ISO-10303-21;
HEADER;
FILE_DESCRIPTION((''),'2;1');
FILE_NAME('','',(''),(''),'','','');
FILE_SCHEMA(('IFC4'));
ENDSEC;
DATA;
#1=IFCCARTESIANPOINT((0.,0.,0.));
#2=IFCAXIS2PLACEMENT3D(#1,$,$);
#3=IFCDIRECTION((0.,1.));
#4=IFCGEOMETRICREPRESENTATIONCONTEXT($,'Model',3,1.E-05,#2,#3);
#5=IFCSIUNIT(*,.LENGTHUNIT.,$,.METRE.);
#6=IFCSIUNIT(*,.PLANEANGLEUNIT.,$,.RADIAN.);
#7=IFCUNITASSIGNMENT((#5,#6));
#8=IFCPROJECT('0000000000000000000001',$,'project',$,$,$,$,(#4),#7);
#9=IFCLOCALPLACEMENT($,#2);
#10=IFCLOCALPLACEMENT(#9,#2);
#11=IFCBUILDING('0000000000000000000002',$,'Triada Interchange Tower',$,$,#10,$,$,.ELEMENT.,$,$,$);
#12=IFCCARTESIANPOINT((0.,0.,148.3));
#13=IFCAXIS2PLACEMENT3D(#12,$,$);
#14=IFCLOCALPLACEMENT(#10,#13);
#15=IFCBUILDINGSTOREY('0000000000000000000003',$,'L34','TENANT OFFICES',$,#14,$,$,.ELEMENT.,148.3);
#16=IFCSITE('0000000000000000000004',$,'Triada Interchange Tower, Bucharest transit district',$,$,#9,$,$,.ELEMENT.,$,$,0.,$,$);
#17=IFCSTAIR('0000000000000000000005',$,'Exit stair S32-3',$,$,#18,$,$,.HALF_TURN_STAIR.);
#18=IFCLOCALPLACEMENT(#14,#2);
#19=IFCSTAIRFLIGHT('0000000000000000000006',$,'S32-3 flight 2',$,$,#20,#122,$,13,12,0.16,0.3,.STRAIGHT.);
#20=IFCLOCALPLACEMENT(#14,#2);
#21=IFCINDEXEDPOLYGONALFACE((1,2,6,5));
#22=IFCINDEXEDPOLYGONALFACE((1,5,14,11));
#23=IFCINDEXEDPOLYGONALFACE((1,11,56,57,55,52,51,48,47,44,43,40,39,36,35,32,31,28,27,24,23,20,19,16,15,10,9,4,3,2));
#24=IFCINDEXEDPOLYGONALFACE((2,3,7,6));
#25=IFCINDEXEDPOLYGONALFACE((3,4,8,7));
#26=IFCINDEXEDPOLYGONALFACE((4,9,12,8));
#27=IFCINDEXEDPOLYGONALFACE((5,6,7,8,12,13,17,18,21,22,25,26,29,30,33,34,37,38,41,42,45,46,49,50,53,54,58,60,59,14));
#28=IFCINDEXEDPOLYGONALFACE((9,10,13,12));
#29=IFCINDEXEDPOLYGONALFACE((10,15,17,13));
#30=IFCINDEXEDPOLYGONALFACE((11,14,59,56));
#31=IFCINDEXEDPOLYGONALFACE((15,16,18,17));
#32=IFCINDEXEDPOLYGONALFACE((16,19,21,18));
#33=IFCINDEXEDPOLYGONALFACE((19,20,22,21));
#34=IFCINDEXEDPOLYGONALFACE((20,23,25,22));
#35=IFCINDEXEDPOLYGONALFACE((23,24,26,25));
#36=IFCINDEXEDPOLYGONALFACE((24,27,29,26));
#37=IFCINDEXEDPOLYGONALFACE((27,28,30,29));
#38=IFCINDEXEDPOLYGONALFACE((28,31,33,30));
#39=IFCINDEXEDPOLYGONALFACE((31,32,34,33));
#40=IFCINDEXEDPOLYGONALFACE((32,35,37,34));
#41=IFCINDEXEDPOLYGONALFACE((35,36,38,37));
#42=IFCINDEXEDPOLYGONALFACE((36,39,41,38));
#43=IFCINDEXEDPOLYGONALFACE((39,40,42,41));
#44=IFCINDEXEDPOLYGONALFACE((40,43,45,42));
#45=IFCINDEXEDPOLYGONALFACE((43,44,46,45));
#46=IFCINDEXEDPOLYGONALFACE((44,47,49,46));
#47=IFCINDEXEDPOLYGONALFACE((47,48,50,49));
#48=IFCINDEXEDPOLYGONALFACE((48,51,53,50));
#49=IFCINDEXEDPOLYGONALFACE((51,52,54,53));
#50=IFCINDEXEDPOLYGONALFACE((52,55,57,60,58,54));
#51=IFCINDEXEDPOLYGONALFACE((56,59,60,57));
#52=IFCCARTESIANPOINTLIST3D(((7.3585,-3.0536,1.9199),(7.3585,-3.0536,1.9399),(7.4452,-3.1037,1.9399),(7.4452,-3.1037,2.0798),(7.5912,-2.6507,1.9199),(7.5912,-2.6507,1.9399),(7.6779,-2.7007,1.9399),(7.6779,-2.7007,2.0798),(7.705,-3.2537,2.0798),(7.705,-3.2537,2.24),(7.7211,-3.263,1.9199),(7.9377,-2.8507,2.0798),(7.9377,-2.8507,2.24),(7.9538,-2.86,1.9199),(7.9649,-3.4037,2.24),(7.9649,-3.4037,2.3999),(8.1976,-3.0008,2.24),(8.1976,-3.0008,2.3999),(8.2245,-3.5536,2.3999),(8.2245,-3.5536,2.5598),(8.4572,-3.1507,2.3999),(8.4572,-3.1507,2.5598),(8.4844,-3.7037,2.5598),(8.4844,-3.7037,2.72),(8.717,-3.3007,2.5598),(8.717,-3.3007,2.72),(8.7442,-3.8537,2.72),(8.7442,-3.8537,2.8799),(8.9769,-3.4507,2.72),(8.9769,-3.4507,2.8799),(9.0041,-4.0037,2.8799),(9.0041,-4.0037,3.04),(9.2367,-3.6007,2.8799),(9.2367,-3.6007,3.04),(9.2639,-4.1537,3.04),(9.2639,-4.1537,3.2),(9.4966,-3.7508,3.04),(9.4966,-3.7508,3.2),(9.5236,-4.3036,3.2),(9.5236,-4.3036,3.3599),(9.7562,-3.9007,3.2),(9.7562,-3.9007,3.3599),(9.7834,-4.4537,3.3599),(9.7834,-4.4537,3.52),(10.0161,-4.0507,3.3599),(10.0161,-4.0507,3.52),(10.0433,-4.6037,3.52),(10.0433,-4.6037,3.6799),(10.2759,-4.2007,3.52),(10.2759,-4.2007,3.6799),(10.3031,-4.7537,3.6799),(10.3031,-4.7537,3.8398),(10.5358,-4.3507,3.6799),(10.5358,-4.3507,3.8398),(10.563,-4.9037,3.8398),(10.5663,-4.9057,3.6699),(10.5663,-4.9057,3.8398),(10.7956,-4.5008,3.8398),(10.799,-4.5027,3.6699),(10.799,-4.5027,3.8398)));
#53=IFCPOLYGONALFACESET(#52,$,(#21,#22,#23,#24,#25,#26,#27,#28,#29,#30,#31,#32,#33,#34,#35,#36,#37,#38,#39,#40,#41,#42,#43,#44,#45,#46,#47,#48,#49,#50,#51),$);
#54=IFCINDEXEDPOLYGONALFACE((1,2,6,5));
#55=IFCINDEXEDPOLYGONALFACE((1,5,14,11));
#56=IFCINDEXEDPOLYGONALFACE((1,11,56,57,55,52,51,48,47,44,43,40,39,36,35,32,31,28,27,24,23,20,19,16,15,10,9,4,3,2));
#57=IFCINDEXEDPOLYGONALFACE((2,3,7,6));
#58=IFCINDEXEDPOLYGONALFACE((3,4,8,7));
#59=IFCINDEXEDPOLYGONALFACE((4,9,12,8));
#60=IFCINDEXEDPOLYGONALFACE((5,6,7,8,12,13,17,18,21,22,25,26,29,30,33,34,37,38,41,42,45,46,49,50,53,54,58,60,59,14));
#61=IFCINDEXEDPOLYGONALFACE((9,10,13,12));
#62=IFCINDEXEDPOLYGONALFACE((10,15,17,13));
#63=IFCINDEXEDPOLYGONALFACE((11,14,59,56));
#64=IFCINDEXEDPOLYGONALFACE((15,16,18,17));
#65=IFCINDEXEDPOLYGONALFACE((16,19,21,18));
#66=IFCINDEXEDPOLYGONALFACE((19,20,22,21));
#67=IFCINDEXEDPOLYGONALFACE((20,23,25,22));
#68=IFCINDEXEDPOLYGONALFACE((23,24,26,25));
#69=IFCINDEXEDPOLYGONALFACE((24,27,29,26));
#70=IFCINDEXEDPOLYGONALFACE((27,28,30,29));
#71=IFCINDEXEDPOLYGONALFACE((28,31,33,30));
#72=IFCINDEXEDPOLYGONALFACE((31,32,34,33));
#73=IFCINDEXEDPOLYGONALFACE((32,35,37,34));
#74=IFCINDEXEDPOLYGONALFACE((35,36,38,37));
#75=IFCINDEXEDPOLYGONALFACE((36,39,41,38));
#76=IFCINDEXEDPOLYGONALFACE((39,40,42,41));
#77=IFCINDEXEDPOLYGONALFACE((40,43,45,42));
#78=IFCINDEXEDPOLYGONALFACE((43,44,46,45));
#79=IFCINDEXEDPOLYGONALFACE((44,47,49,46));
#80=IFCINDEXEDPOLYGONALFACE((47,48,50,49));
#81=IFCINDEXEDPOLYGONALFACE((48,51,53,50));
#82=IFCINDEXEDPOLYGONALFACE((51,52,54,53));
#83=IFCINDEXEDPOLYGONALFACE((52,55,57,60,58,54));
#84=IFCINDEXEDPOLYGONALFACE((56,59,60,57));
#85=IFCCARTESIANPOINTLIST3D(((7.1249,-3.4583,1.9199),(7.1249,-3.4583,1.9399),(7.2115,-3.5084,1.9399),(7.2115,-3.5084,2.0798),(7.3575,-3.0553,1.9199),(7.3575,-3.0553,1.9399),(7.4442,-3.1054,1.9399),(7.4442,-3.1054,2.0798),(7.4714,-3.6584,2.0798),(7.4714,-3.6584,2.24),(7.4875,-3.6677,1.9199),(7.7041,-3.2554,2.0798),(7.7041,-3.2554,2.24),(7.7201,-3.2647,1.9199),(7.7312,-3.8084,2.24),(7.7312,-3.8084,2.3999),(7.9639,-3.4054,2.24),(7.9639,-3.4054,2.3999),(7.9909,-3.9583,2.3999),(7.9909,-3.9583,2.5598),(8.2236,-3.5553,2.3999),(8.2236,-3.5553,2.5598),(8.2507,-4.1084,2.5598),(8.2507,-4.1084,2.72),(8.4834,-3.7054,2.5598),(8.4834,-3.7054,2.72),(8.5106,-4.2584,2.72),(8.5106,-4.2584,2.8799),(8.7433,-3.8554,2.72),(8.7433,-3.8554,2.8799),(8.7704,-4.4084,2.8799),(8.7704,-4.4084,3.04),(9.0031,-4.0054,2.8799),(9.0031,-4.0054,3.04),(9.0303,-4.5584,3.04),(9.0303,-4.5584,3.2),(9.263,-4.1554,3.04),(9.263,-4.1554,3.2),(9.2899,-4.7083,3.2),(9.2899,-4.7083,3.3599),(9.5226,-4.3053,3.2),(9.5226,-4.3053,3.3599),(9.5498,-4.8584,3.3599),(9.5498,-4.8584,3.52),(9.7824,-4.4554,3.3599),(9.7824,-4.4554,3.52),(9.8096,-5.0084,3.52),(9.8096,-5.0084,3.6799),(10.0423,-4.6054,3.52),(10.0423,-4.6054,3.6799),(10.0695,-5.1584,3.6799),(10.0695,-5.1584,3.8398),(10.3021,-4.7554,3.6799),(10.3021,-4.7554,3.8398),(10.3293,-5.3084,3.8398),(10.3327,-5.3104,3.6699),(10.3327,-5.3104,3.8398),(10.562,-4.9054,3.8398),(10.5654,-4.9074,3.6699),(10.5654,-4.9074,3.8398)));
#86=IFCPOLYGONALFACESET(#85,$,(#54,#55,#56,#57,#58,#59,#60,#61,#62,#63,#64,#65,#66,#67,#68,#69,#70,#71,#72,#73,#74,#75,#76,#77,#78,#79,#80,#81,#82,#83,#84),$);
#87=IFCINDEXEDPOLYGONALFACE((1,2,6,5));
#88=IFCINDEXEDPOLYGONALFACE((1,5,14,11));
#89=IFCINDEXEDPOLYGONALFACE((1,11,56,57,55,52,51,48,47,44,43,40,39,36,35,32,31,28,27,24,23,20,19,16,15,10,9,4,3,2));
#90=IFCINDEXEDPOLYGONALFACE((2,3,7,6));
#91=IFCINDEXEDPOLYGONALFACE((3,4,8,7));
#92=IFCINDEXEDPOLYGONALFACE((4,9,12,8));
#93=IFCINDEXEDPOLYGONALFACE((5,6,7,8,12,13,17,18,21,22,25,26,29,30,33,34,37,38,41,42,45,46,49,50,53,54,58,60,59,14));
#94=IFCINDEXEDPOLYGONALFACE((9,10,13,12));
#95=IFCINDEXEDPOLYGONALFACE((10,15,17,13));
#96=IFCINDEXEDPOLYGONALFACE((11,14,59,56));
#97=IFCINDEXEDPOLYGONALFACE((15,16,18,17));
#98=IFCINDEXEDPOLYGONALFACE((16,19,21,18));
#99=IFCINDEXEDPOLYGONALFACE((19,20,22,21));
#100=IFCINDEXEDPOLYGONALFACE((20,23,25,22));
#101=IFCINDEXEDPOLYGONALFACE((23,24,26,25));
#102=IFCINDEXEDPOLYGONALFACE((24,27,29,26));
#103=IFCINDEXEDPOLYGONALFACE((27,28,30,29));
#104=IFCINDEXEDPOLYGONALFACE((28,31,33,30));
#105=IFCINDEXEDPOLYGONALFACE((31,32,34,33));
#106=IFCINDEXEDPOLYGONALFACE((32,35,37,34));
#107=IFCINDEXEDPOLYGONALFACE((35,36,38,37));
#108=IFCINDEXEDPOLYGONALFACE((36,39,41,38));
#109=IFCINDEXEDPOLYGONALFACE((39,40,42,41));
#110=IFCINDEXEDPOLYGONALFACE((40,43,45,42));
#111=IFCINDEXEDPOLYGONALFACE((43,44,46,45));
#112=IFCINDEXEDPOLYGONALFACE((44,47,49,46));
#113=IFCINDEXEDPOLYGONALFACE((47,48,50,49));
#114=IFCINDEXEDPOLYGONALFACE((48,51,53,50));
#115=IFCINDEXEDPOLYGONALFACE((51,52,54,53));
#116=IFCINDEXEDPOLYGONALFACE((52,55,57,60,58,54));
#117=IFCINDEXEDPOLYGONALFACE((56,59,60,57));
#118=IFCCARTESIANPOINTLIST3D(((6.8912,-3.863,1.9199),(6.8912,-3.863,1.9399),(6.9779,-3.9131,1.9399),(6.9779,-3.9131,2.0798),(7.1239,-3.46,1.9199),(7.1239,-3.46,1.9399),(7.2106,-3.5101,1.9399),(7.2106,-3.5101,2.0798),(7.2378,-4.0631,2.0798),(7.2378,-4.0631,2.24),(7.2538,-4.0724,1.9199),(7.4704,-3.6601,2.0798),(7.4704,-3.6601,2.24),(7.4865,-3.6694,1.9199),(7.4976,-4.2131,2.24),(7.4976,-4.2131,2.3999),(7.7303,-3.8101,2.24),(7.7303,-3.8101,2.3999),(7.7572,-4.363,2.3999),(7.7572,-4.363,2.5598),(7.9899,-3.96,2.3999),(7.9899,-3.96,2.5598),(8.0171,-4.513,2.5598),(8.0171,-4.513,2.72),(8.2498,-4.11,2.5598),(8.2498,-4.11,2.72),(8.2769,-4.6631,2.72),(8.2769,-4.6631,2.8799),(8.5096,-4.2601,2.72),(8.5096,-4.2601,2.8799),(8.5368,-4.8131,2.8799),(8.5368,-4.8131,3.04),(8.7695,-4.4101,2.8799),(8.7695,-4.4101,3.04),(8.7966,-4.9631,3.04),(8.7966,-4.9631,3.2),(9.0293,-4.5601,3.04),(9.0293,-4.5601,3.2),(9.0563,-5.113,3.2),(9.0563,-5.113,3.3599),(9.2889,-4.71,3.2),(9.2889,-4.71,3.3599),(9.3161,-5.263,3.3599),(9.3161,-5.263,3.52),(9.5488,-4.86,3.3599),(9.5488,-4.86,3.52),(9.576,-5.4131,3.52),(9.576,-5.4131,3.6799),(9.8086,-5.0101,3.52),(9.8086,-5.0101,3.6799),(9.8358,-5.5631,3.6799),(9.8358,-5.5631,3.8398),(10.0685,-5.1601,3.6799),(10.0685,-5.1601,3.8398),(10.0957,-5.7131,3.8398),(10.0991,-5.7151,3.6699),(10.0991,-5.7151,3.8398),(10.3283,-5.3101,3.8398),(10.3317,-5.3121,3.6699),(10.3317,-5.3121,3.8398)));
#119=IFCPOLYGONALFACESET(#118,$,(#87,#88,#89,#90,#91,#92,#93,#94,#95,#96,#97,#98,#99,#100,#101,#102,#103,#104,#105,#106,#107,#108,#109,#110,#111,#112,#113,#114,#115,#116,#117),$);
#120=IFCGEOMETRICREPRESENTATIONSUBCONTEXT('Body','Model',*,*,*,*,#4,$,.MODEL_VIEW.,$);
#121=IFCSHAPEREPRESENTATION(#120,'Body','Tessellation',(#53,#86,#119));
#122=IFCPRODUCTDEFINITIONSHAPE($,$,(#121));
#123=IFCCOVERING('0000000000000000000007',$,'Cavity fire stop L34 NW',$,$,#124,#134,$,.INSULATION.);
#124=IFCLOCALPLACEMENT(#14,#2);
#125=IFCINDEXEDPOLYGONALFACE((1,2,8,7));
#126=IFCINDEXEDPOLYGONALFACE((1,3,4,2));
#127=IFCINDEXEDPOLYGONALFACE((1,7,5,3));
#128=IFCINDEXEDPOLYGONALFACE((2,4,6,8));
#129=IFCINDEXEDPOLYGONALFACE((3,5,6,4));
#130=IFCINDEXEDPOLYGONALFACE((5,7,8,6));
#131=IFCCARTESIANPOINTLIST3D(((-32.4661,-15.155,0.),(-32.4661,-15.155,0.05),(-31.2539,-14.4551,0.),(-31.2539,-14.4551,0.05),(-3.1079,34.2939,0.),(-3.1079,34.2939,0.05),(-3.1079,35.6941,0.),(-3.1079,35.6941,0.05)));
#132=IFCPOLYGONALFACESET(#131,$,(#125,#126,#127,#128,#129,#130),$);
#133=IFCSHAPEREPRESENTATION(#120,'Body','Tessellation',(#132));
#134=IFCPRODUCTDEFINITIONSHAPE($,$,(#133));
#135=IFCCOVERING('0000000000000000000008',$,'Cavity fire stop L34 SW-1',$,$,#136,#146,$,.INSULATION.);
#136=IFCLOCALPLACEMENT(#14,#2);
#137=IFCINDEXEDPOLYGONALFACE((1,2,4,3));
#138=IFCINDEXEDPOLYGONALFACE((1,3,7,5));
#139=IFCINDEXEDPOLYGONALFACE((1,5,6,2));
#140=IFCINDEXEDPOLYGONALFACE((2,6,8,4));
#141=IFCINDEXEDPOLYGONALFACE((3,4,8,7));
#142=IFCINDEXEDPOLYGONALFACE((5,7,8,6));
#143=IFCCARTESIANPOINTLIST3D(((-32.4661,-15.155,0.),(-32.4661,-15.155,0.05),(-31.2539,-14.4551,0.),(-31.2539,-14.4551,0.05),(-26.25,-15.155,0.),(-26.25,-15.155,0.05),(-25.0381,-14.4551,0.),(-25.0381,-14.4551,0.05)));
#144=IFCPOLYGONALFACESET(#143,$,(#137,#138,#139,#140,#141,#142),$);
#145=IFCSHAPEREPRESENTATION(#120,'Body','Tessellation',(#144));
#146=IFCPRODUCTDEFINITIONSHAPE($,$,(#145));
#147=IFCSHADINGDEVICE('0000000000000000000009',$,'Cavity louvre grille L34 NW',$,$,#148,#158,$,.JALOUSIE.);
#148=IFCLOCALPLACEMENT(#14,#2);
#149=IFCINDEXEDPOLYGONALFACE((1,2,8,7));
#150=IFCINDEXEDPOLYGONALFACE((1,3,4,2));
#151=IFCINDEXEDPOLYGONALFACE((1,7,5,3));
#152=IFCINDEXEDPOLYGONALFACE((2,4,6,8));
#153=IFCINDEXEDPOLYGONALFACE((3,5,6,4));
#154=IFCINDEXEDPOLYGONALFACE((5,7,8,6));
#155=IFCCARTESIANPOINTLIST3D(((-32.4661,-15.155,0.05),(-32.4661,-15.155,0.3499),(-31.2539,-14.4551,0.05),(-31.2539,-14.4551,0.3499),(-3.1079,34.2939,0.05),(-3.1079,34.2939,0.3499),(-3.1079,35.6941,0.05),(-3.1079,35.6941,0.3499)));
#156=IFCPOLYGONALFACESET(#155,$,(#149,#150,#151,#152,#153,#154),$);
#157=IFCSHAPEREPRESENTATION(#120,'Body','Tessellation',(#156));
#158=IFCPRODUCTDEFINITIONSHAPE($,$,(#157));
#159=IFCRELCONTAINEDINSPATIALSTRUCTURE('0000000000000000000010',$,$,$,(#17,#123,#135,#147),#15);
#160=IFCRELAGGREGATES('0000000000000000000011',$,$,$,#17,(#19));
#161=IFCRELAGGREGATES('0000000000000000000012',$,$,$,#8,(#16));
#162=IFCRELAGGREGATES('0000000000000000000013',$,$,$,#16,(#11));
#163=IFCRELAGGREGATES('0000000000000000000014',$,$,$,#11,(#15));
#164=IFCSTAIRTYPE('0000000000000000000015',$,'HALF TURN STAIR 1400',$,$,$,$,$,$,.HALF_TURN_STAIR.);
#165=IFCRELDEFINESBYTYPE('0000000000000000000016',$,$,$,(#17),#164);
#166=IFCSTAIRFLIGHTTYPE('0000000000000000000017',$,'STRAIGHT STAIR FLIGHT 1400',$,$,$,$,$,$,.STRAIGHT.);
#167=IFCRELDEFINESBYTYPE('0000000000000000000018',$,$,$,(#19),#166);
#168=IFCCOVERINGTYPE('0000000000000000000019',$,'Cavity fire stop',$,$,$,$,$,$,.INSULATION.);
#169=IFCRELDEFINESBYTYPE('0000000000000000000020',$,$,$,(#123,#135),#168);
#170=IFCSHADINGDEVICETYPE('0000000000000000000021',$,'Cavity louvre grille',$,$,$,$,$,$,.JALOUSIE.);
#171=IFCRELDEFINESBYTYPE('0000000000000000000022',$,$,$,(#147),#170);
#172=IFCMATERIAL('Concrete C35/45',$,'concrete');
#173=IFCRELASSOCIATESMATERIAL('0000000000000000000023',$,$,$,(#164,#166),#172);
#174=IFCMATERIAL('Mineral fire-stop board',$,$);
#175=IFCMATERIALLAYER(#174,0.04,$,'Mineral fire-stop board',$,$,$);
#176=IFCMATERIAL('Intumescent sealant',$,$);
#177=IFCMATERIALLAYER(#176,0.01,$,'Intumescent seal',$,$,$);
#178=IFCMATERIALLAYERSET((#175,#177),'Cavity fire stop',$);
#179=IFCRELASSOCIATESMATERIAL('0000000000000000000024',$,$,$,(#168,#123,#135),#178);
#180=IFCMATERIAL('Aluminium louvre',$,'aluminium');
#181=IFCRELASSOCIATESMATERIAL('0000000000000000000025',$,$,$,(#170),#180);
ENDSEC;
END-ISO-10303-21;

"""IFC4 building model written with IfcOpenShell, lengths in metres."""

from ifc_helpers import new_model, si_unit, direction, frame, origin, place, context, subcontext, project, spatial, polyline, outline, extrude, material, layer, layer_set, layer_usage, type_object, element, aggregate, save


model = new_model("IFC4")

# Units and contexts
model_context = context("Model", 3, precision=1e-05, world=origin(), true_north=direction((0.0, 1.0)))
body_context = subcontext(model_context, "Body", "Model", "MODEL_VIEW")
ifc_project = project(units=[si_unit("LENGTHUNIT", "METRE"), si_unit("PLANEANGLEUNIT", "RADIAN")], contexts=[model_context])

# Site, building, storey
site_placement = place(None, origin())
site = spatial("IfcSite", under=ifc_project, at=site_placement, Name="Triada Interchange Tower, Bucharest transit district", CompositionType="ELEMENT", RefElevation=0.0)
building_placement = place(site_placement, origin())
building = spatial("IfcBuilding", under=site, at=building_placement, Name="Triada Interchange Tower", CompositionType="ELEMENT")
storey_placement = place(building_placement, frame((0.0, 0.0, 148.3)))
storey = spatial("IfcBuildingStorey", under=building, at=storey_placement, Name="L34", Description="TENANT OFFICES", CompositionType="ELEMENT", Elevation=148.3)

# Stair, stair flight
ifc_material_1 = material(Name="Concrete C35/45", Category="concrete")
stair_type = type_object("IfcStairType", Name="HALF TURN STAIR 1400", PredefinedType="HALF_TURN_STAIR", material=ifc_material_1)
stair_placement = place(storey_placement, origin())
stair = element("IfcStair", 1, at=stair_placement, inside=storey, type_object=stair_type, Name="Exit stair S32-3", PredefinedType="HALF_TURN_STAIR")
stair_flight_type = type_object("IfcStairFlightType", Name="STRAIGHT STAIR FLIGHT 1400", PredefinedType="STRAIGHT", material=ifc_material_1)
stair_flight_1_placement = place(storey_placement, frame((7.3279, -3.3069, 1.9199), z_axis=(0.0, 0.0, 1.0), x_axis=(0.866025, -0.5, 0.0)))
stair_flight_1 = element("IfcStairFlight", 2, at=stair_flight_1_placement, type_object=stair_flight_type, Name="S32-3 flight 2", NumberOfRisers=13, NumberOfTreads=12, PredefinedType="STRAIGHT", RiserHeight=0.16, TreadLength=0.3, context=body_context, shape_type="SweptSolid", body=[
    extrude(outline(polyline([(-0.1001, 0.0), (-0.1001, 0.02), (0.0, 0.02), (0.0, 0.1599), (0.3, 0.1599), (0.3, 0.3201), (0.6001, 0.3201), (0.6001, 0.48), (0.8999, 0.48), (0.8999, 0.6399), (1.2, 0.6399), (1.2, 0.8), (1.5, 0.8), (1.5, 0.96), (1.8, 0.96), (1.8, 1.1201), (2.1001, 1.1201), (2.1001, 1.28), (2.3999, 1.28), (2.3999, 1.4399), (2.7, 1.4399), (2.7, 1.6001), (3.0, 1.6001), (3.0, 1.76), (3.3, 1.76), (3.3, 1.9199), (3.6001, 1.9199), (3.604, 1.9199), (3.604, 2.0801), (3.604, 1.75), (0.3186, 0.0), (-0.1001, 0.0)])), frame((0.0, 0.7, 0.0), z_axis=(0.0, -1.0, 0.0), x_axis=(1.0, 0.0, 0.0)), (0.0, 0.0, 1.0), 0.4653),
    extrude(outline(polyline([(-0.1001, 0.0), (-0.1001, 0.02), (0.0, 0.02), (0.0, 0.1599), (0.3, 0.1599), (0.3, 0.3201), (0.6001, 0.3201), (0.6001, 0.48), (0.8999, 0.48), (0.8999, 0.6399), (1.2, 0.6399), (1.2, 0.8), (1.5, 0.8), (1.5, 0.96), (1.8, 0.96), (1.8, 1.1201), (2.1001, 1.1201), (2.1001, 1.28), (2.3999, 1.28), (2.3999, 1.4399), (2.7, 1.4399), (2.7, 1.6001), (3.0, 1.6001), (3.0, 1.76), (3.3, 1.76), (3.3, 1.9199), (3.6001, 1.9199), (3.604, 1.9199), (3.604, 2.0801), (3.604, 1.75), (0.3186, 0.0), (-0.1001, 0.0)])), frame((0.0, 0.2327, 0.0), z_axis=(0.0, -1.0, 0.0), x_axis=(1.0, 0.0, 0.0)), (0.0, 0.0, 1.0), 0.4653),
    extrude(outline(polyline([(-0.1001, 0.0), (-0.1001, 0.02), (0.0, 0.02), (0.0, 0.1599), (0.3, 0.1599), (0.3, 0.3201), (0.6001, 0.3201), (0.6001, 0.48), (0.8999, 0.48), (0.8999, 0.6399), (1.2, 0.6399), (1.2, 0.8), (1.5, 0.8), (1.5, 0.96), (1.8, 0.96), (1.8, 1.1201), (2.1001, 1.1201), (2.1001, 1.28), (2.3999, 1.28), (2.3999, 1.4399), (2.7, 1.4399), (2.7, 1.6001), (3.0, 1.6001), (3.0, 1.76), (3.3, 1.76), (3.3, 1.9199), (3.6001, 1.9199), (3.604, 1.9199), (3.604, 2.0801), (3.604, 1.75), (0.3186, 0.0), (-0.1001, 0.0)])), frame((0.0, -0.2346, 0.0), z_axis=(0.0, -1.0, 0.0), x_axis=(1.0, 0.0, 0.0)), (0.0, 0.0, 1.0), 0.4653),
])

# Coverings
ifc_material_2 = material(Name="Mineral fire-stop board")
ifc_layer_1 = layer(ifc_material_2, 0.04, Name="Mineral fire-stop board")
ifc_material_3 = material(Name="Intumescent sealant")
ifc_layer_2 = layer(ifc_material_3, 0.01, Name="Intumescent seal")
ifc_layer_set_1 = layer_set([ifc_layer_1, ifc_layer_2], Name="Cavity fire stop")
ifc_layer_usage = layer_usage(ifc_layer_set_1, "AXIS3", "POSITIVE", 0.0)
covering_type = type_object("IfcCoveringType", Name="Cavity fire stop", PredefinedType="INSULATION", material=ifc_layer_set_1)
covering_1_placement = place(storey_placement, origin())
element("IfcCovering", 3, at=covering_1_placement, inside=storey, type_object=covering_type, material=ifc_layer_usage, Name="Cavity fire stop L34 NW", PredefinedType="INSULATION", context=body_context, shape_type="SweptSolid", body=[
    extrude(outline(polyline([(-3.1079, 34.2939), (-3.1079, 35.6941), (-32.4661, -15.155), (-31.2539, -14.4551), (-3.1079, 34.2939)])), origin(), (0.0, 0.0, 1.0), 0.05),
])
covering_2_placement = place(storey_placement, origin())
element("IfcCovering", 4, at=covering_2_placement, inside=storey, type_object=covering_type, material=ifc_layer_usage, Name="Cavity fire stop L34 SW-1", PredefinedType="INSULATION", context=body_context, shape_type="SweptSolid", body=[
    extrude(outline(polyline([(-31.2539, -14.4551), (-32.4661, -15.155), (-26.25, -15.155), (-25.0381, -14.4551), (-31.2539, -14.4551)])), origin(), (0.0, 0.0, 1.0), 0.05),
])

# Shading device
ifc_material_4 = material(Name="Aluminium louvre", Category="aluminium")
shading_device_type = type_object("IfcShadingDeviceType", Name="Cavity louvre grille", PredefinedType="JALOUSIE", material=ifc_material_4)
shading_device_placement = place(storey_placement, frame((0.0, 0.0, 0.05)))
element("IfcShadingDevice", 5, at=shading_device_placement, inside=storey, type_object=shading_device_type, Name="Cavity louvre grille L34 NW", PredefinedType="JALOUSIE", context=body_context, shape_type="SweptSolid", body=[
    extrude(outline(polyline([(-3.1079, 34.2939), (-3.1079, 35.6941), (-32.4661, -15.155), (-31.2539, -14.4551), (-3.1079, 34.2939)])), origin(), (0.0, 0.0, 1.0), 0.2998),
])

aggregate(stair, [stair_flight_1])

save(model, "model.ifc")
